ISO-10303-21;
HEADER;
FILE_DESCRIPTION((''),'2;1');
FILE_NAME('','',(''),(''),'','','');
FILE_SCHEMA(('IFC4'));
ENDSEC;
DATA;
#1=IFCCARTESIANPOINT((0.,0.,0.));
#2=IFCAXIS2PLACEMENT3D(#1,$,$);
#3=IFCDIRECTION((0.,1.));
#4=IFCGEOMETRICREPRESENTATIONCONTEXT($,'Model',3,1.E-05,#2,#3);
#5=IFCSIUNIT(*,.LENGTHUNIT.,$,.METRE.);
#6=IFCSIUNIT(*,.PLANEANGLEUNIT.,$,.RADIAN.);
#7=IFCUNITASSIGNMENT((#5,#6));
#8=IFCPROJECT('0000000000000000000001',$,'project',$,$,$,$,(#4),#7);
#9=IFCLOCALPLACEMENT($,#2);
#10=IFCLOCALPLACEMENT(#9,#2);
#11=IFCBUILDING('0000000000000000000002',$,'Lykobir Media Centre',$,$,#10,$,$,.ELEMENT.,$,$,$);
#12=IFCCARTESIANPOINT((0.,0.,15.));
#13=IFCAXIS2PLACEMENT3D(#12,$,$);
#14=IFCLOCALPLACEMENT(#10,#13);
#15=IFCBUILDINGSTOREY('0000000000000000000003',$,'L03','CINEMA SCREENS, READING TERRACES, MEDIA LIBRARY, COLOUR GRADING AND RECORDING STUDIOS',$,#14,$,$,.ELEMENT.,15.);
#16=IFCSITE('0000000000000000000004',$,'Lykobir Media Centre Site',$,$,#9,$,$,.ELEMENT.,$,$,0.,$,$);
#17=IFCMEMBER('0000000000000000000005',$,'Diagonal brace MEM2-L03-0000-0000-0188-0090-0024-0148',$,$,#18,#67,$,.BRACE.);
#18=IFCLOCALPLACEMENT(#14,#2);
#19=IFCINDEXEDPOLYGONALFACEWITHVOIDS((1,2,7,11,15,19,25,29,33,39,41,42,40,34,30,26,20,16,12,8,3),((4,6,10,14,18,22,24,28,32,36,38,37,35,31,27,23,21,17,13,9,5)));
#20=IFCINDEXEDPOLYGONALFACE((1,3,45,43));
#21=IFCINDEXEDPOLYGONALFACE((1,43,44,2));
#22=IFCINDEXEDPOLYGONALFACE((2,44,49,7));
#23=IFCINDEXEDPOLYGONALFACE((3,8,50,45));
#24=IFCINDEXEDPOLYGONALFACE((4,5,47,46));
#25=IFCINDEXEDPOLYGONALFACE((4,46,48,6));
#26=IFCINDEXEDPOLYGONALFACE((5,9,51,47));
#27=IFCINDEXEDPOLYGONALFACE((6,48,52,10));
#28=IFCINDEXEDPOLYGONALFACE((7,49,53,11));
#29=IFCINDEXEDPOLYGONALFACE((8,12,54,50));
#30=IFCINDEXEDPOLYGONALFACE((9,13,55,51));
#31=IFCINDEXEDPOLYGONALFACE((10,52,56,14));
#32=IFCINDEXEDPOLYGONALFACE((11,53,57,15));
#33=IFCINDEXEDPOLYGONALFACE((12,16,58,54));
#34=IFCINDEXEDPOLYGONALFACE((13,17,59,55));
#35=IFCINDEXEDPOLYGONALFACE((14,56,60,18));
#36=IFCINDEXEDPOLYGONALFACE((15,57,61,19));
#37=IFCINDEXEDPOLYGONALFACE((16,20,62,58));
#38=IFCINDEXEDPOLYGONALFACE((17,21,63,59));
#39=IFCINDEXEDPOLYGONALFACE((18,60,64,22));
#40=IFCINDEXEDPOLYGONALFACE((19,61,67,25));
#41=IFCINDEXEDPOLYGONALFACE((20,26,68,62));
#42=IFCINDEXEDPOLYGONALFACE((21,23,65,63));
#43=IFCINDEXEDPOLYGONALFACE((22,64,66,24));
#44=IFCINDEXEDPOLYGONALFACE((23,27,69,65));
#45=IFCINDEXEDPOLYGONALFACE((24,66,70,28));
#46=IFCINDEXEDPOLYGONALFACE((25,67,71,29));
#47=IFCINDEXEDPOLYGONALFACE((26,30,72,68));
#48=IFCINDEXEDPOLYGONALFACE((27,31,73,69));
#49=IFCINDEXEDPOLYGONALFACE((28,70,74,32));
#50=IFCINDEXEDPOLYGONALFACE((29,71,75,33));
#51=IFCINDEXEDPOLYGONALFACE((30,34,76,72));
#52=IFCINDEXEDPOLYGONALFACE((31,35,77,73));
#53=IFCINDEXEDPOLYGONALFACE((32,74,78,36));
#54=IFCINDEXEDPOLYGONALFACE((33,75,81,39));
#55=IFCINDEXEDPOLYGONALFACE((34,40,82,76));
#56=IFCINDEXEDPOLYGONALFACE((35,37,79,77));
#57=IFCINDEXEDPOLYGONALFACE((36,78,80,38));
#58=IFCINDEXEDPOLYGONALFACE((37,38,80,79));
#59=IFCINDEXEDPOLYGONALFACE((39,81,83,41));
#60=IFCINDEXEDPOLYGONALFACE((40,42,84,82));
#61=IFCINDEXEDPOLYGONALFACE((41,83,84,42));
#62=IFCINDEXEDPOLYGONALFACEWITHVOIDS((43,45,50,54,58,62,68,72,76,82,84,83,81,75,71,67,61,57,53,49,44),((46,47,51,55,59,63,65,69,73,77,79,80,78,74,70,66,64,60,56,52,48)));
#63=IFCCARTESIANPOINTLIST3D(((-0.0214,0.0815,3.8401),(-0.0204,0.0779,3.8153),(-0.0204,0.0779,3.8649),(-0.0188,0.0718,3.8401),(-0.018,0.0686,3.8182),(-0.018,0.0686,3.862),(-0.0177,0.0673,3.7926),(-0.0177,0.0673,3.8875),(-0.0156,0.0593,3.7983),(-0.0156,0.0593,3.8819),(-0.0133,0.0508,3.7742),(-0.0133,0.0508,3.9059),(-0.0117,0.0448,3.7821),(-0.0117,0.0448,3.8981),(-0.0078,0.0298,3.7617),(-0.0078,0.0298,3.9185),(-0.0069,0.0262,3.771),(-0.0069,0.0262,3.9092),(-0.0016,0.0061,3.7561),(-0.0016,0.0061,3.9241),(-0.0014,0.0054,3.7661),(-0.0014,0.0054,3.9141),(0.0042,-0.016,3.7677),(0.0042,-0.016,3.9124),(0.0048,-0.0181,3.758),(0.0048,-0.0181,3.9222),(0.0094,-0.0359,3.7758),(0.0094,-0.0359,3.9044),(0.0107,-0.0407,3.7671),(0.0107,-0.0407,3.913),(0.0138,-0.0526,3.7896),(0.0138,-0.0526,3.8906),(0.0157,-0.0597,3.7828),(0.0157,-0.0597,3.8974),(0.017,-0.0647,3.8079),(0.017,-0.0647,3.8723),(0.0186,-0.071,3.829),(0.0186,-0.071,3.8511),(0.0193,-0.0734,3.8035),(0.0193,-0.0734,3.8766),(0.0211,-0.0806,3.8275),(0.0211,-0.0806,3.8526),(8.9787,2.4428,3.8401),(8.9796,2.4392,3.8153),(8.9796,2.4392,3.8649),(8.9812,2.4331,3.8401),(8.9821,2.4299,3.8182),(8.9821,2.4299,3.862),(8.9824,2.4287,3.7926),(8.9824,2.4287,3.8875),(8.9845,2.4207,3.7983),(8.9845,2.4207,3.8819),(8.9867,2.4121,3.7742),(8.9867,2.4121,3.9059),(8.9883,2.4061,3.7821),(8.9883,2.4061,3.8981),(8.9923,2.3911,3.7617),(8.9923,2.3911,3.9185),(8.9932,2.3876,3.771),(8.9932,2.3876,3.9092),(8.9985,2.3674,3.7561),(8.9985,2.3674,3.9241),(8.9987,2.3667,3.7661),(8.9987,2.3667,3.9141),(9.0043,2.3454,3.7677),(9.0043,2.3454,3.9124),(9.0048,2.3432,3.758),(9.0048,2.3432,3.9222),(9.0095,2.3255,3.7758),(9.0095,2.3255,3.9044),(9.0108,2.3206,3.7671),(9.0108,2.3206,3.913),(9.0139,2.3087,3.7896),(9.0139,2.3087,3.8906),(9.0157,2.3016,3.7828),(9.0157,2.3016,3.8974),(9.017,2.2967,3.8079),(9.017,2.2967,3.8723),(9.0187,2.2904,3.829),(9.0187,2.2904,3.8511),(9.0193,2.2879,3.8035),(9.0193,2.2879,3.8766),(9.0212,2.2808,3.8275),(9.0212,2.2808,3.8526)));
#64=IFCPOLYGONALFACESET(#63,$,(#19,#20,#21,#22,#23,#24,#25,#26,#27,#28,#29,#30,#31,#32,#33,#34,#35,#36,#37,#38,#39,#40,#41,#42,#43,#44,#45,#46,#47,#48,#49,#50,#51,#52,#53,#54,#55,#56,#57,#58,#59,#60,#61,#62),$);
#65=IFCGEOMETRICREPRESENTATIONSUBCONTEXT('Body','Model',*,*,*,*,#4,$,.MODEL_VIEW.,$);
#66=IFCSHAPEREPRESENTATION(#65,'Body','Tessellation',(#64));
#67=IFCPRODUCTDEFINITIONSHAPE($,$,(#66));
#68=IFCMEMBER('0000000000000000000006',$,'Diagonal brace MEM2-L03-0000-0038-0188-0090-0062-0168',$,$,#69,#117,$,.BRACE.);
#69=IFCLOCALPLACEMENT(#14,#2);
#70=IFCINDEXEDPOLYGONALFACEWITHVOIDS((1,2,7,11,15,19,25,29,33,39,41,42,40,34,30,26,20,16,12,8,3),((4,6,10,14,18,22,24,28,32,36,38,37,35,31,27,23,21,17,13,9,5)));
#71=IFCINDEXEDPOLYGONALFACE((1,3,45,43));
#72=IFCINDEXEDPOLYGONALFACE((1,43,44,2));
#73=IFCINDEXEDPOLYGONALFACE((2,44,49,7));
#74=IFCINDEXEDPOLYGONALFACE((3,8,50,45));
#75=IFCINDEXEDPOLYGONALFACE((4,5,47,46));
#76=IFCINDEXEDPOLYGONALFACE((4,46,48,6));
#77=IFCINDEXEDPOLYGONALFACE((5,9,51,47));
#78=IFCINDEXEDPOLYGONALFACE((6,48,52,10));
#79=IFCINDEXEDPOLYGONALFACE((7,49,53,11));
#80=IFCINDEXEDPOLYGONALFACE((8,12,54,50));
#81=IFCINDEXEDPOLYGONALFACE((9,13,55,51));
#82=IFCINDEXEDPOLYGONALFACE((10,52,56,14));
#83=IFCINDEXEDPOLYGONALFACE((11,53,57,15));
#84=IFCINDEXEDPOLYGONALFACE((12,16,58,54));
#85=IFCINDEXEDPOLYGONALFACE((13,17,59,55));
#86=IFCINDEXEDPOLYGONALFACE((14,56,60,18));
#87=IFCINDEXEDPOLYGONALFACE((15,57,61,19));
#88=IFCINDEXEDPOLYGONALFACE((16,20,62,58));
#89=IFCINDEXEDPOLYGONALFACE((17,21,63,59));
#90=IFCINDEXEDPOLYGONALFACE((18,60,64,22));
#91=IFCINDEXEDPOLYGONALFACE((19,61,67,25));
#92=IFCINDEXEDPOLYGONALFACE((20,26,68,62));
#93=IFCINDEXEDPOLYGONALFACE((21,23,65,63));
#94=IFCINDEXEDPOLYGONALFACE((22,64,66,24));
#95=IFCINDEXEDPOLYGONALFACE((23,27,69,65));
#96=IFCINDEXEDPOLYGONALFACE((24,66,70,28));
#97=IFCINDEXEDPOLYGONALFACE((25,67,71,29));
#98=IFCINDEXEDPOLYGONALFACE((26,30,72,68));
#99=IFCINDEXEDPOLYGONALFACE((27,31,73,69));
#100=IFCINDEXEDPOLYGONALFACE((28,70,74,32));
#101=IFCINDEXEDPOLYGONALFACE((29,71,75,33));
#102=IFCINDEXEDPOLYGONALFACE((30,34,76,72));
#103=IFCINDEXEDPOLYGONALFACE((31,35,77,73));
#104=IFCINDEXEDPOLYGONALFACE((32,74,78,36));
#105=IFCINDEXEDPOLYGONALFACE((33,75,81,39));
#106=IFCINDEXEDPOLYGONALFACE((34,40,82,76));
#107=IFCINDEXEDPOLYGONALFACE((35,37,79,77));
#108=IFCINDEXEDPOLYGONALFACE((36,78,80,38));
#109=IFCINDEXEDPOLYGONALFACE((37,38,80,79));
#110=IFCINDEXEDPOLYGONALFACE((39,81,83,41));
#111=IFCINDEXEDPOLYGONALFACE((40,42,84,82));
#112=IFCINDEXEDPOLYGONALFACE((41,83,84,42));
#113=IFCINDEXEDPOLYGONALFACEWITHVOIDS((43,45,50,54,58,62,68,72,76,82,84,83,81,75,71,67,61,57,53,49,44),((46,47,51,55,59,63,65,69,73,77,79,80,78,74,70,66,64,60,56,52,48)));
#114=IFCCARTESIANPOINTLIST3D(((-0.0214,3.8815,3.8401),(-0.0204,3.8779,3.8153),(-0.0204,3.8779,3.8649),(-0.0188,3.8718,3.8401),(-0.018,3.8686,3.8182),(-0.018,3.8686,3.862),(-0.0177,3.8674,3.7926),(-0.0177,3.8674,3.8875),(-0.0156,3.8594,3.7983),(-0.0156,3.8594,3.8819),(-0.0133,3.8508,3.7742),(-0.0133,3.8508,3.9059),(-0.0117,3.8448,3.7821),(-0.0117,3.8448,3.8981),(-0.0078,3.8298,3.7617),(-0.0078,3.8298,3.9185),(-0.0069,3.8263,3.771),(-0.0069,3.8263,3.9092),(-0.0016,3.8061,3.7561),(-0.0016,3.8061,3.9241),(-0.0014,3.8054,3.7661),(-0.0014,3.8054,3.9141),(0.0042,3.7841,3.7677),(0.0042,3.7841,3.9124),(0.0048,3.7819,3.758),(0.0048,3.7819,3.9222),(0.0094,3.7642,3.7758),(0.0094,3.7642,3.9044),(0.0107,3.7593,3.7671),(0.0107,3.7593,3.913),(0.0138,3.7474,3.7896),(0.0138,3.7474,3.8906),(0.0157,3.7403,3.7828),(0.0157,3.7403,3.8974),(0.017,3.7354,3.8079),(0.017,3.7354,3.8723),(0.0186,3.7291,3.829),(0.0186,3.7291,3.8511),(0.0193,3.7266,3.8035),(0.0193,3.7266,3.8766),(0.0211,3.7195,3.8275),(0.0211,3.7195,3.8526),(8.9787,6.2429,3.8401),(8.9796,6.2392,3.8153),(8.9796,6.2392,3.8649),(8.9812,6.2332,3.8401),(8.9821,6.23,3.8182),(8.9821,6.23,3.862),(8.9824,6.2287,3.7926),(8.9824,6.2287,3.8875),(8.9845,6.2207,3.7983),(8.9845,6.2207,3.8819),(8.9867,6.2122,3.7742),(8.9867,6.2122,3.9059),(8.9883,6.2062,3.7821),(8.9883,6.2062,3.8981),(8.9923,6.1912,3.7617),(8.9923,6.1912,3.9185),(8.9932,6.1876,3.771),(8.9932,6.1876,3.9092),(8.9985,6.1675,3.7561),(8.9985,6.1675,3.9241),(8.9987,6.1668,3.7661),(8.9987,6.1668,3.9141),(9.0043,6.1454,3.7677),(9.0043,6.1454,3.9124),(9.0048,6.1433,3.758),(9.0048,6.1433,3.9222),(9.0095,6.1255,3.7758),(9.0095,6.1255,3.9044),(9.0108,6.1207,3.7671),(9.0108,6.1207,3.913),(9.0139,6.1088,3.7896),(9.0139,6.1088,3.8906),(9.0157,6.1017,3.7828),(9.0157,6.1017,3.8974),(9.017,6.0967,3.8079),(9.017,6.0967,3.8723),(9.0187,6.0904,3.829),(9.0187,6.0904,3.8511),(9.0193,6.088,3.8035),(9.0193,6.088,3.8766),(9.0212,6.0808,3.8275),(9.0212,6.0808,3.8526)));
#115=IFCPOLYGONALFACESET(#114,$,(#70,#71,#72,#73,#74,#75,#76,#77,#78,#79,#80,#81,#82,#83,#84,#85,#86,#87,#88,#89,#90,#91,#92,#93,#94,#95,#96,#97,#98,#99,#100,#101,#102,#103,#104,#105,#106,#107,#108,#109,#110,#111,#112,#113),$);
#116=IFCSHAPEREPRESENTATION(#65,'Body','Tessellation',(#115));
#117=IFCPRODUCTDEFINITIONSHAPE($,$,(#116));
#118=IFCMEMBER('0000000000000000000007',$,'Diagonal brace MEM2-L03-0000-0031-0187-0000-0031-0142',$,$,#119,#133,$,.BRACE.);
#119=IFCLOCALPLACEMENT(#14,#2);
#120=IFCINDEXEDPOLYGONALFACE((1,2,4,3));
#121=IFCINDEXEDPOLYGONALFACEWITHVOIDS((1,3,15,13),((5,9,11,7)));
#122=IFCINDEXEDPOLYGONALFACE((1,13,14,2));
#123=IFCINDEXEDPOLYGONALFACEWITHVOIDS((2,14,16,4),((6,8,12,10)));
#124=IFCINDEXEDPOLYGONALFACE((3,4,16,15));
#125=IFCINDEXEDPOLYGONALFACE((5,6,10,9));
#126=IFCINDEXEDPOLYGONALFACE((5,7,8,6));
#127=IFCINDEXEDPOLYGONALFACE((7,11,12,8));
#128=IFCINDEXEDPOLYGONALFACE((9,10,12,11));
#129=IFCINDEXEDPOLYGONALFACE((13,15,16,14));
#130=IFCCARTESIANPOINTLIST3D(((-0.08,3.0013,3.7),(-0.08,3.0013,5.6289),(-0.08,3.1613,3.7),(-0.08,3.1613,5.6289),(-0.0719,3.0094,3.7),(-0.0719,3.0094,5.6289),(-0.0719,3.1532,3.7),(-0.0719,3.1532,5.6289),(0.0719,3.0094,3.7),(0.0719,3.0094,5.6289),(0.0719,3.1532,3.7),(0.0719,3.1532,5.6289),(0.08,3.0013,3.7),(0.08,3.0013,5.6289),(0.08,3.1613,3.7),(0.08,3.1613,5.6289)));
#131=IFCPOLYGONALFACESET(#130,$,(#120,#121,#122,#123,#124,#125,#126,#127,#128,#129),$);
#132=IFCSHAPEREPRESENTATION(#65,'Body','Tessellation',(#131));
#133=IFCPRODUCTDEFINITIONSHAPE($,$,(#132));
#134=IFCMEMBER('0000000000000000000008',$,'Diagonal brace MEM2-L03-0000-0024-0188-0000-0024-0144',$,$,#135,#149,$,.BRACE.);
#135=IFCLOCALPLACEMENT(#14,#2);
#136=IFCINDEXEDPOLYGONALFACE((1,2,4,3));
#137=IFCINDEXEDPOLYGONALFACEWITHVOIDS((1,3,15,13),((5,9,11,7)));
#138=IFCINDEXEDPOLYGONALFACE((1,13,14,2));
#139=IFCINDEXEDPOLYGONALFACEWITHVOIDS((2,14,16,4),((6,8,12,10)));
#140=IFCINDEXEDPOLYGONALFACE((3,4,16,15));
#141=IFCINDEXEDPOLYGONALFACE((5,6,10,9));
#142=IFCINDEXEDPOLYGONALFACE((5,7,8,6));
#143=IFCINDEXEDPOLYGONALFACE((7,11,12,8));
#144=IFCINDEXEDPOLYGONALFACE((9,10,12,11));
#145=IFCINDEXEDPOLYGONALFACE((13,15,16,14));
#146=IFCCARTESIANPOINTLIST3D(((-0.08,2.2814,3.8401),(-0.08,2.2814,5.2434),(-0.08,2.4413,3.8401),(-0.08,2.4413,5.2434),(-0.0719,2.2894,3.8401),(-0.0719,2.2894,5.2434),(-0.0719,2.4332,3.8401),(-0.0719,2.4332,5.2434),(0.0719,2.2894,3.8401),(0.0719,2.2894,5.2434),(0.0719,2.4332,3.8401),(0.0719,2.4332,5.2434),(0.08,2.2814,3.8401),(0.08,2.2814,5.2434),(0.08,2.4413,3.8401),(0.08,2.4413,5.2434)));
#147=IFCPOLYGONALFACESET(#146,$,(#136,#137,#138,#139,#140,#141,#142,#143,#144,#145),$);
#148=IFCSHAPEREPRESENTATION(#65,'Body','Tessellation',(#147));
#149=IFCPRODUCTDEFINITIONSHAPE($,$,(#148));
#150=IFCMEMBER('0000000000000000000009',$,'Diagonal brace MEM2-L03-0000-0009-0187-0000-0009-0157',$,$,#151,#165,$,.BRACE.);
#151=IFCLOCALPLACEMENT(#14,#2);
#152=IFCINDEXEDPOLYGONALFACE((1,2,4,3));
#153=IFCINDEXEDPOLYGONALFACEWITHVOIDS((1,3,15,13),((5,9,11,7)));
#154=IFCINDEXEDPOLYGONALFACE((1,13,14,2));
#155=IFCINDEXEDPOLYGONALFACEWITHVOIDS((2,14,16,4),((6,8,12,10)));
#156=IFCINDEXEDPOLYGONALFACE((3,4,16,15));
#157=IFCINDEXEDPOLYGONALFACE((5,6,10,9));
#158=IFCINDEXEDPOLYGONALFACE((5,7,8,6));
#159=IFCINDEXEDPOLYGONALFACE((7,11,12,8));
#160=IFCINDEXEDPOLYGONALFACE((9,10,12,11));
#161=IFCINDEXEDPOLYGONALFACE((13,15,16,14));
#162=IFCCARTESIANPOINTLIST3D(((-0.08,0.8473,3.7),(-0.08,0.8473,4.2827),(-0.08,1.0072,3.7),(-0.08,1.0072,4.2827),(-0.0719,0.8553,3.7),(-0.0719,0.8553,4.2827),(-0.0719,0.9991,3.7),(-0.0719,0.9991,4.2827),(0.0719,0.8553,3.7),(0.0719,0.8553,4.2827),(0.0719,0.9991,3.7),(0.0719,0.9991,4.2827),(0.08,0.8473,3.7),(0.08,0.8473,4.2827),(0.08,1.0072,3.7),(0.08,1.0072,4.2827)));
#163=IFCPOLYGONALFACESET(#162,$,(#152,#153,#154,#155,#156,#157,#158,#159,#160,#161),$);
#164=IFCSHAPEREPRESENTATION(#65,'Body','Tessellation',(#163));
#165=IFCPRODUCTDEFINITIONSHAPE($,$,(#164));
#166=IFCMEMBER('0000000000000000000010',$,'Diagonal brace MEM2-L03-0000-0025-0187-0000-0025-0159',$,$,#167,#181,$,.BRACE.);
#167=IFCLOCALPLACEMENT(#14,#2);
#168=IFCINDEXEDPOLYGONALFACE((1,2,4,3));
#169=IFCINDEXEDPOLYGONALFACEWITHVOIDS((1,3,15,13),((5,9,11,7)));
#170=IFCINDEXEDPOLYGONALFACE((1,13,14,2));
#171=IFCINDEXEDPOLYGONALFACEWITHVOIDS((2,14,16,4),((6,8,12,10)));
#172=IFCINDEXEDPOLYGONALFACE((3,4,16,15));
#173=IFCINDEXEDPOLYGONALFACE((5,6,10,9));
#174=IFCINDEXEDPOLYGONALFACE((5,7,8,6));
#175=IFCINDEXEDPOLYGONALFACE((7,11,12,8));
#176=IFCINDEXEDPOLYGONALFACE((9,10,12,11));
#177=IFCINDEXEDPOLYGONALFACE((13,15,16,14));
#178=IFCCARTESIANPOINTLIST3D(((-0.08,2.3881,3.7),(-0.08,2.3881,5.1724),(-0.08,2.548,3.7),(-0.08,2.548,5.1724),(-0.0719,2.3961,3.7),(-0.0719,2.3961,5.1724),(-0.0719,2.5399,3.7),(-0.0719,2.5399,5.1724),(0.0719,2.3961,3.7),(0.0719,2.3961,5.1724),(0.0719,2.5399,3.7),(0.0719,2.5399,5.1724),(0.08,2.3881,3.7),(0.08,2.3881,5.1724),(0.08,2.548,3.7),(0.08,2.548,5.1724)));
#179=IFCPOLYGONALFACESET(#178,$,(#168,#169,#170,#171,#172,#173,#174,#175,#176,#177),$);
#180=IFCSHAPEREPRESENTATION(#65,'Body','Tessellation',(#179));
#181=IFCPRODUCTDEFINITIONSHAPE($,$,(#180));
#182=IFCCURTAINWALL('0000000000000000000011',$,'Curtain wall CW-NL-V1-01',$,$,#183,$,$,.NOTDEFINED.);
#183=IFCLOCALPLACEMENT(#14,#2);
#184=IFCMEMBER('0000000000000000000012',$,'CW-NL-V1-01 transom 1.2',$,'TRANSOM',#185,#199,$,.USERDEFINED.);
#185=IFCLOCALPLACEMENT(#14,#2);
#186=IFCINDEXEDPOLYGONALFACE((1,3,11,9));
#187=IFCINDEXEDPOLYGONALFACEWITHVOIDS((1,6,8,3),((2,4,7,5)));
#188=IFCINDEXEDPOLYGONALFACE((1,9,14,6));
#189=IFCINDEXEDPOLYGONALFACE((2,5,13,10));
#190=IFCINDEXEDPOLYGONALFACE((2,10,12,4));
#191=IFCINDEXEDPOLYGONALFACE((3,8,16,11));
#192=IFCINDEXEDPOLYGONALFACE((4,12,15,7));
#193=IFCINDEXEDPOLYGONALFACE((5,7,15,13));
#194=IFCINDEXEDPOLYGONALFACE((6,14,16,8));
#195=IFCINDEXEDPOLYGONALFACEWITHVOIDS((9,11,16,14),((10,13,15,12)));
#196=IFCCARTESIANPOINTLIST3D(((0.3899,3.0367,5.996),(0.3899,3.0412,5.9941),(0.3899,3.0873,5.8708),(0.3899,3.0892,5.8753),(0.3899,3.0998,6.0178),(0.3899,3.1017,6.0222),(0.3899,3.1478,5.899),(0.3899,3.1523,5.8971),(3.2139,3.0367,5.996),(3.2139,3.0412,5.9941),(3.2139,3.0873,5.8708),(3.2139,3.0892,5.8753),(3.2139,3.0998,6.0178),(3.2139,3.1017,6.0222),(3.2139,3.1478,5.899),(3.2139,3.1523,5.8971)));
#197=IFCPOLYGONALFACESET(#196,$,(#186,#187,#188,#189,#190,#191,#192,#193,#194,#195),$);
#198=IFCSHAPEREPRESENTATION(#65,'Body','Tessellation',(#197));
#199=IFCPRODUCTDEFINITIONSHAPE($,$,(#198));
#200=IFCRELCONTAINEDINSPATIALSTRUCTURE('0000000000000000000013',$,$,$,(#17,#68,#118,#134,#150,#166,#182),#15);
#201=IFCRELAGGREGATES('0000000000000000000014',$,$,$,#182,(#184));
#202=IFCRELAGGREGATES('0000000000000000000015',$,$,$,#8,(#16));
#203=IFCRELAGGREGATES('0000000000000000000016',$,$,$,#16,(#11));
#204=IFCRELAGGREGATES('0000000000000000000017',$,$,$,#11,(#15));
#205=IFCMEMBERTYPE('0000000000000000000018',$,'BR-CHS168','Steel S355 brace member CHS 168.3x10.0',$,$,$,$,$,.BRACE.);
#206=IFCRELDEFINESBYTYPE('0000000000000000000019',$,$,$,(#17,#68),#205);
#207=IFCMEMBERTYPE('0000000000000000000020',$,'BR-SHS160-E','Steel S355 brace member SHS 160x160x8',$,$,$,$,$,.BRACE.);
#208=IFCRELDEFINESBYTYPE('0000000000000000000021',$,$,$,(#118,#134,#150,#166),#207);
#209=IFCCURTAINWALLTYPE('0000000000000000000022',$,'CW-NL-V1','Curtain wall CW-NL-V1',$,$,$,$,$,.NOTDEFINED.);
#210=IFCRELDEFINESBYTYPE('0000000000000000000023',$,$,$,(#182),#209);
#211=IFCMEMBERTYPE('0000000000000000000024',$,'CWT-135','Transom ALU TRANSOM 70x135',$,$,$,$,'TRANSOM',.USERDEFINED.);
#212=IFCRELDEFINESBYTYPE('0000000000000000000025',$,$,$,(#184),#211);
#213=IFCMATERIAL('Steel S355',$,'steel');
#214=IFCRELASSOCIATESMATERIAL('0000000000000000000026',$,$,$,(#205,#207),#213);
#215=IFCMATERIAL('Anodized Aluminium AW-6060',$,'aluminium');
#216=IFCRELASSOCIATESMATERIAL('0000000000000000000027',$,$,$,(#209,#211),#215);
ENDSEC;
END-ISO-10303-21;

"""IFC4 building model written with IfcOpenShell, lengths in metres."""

from ifc_helpers import new_model, si_unit, direction, frame, origin, origin_2d, place, context, subcontext, project, spatial, hollow_rectangle, hollow_circle, extrude, material, material_profile, profile_set, type_object, element, aggregate, save


model = new_model("IFC4")

# Units and contexts
model_context = context("Model", 3, precision=1e-05, world=origin(), true_north=direction((0.0, 1.0)))
body_context = subcontext(model_context, "Body", "Model", "MODEL_VIEW")
ifc_project = project(units=[si_unit("LENGTHUNIT", "METRE"), si_unit("PLANEANGLEUNIT", "RADIAN")], contexts=[model_context])

# Site, building, storey
site_placement = place(None, origin())
site = spatial("IfcSite", under=ifc_project, at=site_placement, Name="Lykobir Media Centre Site", CompositionType="ELEMENT", RefElevation=0.0)
building_placement = place(site_placement, origin())
building = spatial("IfcBuilding", under=site, at=building_placement, Name="Lykobir Media Centre", CompositionType="ELEMENT")
storey_placement = place(building_placement, frame((0.0, 0.0, 15.0)))
storey = spatial("IfcBuildingStorey", under=building, at=storey_placement, Name="L03", Description="CINEMA SCREENS, READING TERRACES, MEDIA LIBRARY, COLOUR GRADING AND RECORDING STUDIOS", CompositionType="ELEMENT", Elevation=15.0)

# Members
ifc_material_1 = material(Name="Steel S355", Category="steel")
ifc_material_profile_1 = material_profile(ifc_material_1, hollow_circle(Radius=0.0842, WallThickness=0.01, at=origin_2d()), Name="CHS 168.3x10.0")
ifc_profile_set_1 = profile_set([ifc_material_profile_1], Name="Steel S355")
member_type_1 = type_object("IfcMemberType", Name="BR-CHS168", Description="Steel S355 brace member CHS 168.3x10.0", PredefinedType="BRACE", material=ifc_profile_set_1)
for number, where, z_axis, x_axis, name in (
    (1, (0.0, 0.0, 3.8401), (0.967262, 0.25378, 0.0), (-0.25378, 0.967262, 0.0), "Diagonal brace MEM2-L03-0000-0000-0188-0090-0024-0148"),
    (2, (0.0, 3.8, 3.8401), (0.967262, 0.25378, 0.0), (-0.25378, 0.967262, 0.0), "Diagonal brace MEM2-L03-0000-0038-0188-0090-0062-0168"),
):
    element("IfcMember", number, at=place(storey_placement, frame(where, z_axis=z_axis, x_axis=x_axis)), inside=storey, type_object=member_type_1, Name=name, PredefinedType="BRACE", context=body_context, shape_type="SweptSolid", body=[
        extrude(hollow_circle(Radius=0.0842, WallThickness=0.01, at=origin_2d()), origin(), (0.0, 0.0, 1.0), 9.3047),
    ])
ifc_material_profile_2 = material_profile(ifc_material_1, hollow_rectangle(XDim=0.1599, YDim=0.1599, WallThickness=0.0081, at=origin_2d()), Name="SHS 160x160x8")
ifc_profile_set_2 = profile_set([ifc_material_profile_2], Name="Steel S355")
member_type_2 = type_object("IfcMemberType", Name="BR-SHS160-E", Description="Steel S355 brace member SHS 160x160x8", PredefinedType="BRACE", material=ifc_profile_set_2)
member_1_placement = place(storey_placement, frame((0.0, 3.0813, 3.7), z_axis=(0.0, 0.0, 1.0), x_axis=(1.0, 0.0, 0.0)))
element("IfcMember", 3, at=member_1_placement, inside=storey, type_object=member_type_2, Name="Diagonal brace MEM2-L03-0000-0031-0187-0000-0031-0142", PredefinedType="BRACE", context=body_context, shape_type="SweptSolid", body=[
    extrude(hollow_rectangle(XDim=0.1599, YDim=0.1599, WallThickness=0.0081, at=origin_2d()), origin(), (0.0, 0.0, 1.0), 1.929),
])
member_2_placement = place(storey_placement, frame((0.0, 2.3613, 3.8401), z_axis=(0.0, 0.0, 1.0), x_axis=(1.0, 0.0, 0.0)))
element("IfcMember", 4, at=member_2_placement, inside=storey, type_object=member_type_2, Name="Diagonal brace MEM2-L03-0000-0024-0188-0000-0024-0144", PredefinedType="BRACE", context=body_context, shape_type="SweptSolid", body=[
    extrude(hollow_rectangle(XDim=0.1599, YDim=0.1599, WallThickness=0.0081, at=origin_2d()), origin(), (0.0, 0.0, 1.0), 1.4033),
])
member_3_placement = place(storey_placement, frame((0.0, 0.9272, 3.7), z_axis=(0.0, 0.0, 1.0), x_axis=(1.0, 0.0, 0.0)))
element("IfcMember", 5, at=member_3_placement, inside=storey, type_object=member_type_2, Name="Diagonal brace MEM2-L03-0000-0009-0187-0000-0009-0157", PredefinedType="BRACE", context=body_context, shape_type="SweptSolid", body=[
    extrude(hollow_rectangle(XDim=0.1599, YDim=0.1599, WallThickness=0.0081, at=origin_2d()), origin(), (0.0, 0.0, 1.0), 0.5828),
])
member_4_placement = place(storey_placement, frame((0.0, 2.468, 3.7), z_axis=(0.0, 0.0, 1.0), x_axis=(1.0, 0.0, 0.0)))
element("IfcMember", 6, at=member_4_placement, inside=storey, type_object=member_type_2, Name="Diagonal brace MEM2-L03-0000-0025-0187-0000-0025-0159", PredefinedType="BRACE", context=body_context, shape_type="SweptSolid", body=[
    extrude(hollow_rectangle(XDim=0.1599, YDim=0.1599, WallThickness=0.0081, at=origin_2d()), origin(), (0.0, 0.0, 1.0), 1.4724),
])

# Curtain wall, member
ifc_material_2 = material(Name="Anodized Aluminium AW-6060", Category="aluminium")
curtain_wall_type = type_object("IfcCurtainWallType", Name="CW-NL-V1", Description="Curtain wall CW-NL-V1", PredefinedType="NOTDEFINED", material=ifc_material_2)
curtain_wall_placement = place(storey_placement, origin())
curtain_wall = element("IfcCurtainWall", 7, at=curtain_wall_placement, inside=storey, type_object=curtain_wall_type, Name="Curtain wall CW-NL-V1-01", PredefinedType="NOTDEFINED")
ifc_material_profile_3 = material_profile(ifc_material_2, hollow_rectangle(XDim=0.0701, YDim=0.135, WallThickness=0.0034, at=origin_2d()), Name="ALU TRANSOM 70x135")
ifc_profile_set_3 = profile_set([ifc_material_profile_3], Name="Anodized Aluminium AW-6060")
member_type_3 = type_object("IfcMemberType", Name="CWT-135", Description="Transom ALU TRANSOM 70x135", ElementType="TRANSOM", PredefinedType="USERDEFINED", material=ifc_profile_set_3)
member_5_placement = place(storey_placement, frame((0.3899, 3.0945, 5.9465), z_axis=(1.0, 0.0, 0.0), x_axis=(0.0, 0.927184, 0.374607)))
member_5 = element("IfcMember", 8, at=member_5_placement, type_object=member_type_3, Name="CW-NL-V1-01 transom 1.2", ObjectType="TRANSOM", PredefinedType="USERDEFINED", context=body_context, shape_type="SweptSolid", body=[
    extrude(hollow_rectangle(XDim=0.0701, YDim=0.135, WallThickness=0.0034, at=origin_2d()), origin(), (0.0, 0.0, 1.0), 2.824),
])
aggregate(curtain_wall, [member_5])

save(model, "model.ifc")
